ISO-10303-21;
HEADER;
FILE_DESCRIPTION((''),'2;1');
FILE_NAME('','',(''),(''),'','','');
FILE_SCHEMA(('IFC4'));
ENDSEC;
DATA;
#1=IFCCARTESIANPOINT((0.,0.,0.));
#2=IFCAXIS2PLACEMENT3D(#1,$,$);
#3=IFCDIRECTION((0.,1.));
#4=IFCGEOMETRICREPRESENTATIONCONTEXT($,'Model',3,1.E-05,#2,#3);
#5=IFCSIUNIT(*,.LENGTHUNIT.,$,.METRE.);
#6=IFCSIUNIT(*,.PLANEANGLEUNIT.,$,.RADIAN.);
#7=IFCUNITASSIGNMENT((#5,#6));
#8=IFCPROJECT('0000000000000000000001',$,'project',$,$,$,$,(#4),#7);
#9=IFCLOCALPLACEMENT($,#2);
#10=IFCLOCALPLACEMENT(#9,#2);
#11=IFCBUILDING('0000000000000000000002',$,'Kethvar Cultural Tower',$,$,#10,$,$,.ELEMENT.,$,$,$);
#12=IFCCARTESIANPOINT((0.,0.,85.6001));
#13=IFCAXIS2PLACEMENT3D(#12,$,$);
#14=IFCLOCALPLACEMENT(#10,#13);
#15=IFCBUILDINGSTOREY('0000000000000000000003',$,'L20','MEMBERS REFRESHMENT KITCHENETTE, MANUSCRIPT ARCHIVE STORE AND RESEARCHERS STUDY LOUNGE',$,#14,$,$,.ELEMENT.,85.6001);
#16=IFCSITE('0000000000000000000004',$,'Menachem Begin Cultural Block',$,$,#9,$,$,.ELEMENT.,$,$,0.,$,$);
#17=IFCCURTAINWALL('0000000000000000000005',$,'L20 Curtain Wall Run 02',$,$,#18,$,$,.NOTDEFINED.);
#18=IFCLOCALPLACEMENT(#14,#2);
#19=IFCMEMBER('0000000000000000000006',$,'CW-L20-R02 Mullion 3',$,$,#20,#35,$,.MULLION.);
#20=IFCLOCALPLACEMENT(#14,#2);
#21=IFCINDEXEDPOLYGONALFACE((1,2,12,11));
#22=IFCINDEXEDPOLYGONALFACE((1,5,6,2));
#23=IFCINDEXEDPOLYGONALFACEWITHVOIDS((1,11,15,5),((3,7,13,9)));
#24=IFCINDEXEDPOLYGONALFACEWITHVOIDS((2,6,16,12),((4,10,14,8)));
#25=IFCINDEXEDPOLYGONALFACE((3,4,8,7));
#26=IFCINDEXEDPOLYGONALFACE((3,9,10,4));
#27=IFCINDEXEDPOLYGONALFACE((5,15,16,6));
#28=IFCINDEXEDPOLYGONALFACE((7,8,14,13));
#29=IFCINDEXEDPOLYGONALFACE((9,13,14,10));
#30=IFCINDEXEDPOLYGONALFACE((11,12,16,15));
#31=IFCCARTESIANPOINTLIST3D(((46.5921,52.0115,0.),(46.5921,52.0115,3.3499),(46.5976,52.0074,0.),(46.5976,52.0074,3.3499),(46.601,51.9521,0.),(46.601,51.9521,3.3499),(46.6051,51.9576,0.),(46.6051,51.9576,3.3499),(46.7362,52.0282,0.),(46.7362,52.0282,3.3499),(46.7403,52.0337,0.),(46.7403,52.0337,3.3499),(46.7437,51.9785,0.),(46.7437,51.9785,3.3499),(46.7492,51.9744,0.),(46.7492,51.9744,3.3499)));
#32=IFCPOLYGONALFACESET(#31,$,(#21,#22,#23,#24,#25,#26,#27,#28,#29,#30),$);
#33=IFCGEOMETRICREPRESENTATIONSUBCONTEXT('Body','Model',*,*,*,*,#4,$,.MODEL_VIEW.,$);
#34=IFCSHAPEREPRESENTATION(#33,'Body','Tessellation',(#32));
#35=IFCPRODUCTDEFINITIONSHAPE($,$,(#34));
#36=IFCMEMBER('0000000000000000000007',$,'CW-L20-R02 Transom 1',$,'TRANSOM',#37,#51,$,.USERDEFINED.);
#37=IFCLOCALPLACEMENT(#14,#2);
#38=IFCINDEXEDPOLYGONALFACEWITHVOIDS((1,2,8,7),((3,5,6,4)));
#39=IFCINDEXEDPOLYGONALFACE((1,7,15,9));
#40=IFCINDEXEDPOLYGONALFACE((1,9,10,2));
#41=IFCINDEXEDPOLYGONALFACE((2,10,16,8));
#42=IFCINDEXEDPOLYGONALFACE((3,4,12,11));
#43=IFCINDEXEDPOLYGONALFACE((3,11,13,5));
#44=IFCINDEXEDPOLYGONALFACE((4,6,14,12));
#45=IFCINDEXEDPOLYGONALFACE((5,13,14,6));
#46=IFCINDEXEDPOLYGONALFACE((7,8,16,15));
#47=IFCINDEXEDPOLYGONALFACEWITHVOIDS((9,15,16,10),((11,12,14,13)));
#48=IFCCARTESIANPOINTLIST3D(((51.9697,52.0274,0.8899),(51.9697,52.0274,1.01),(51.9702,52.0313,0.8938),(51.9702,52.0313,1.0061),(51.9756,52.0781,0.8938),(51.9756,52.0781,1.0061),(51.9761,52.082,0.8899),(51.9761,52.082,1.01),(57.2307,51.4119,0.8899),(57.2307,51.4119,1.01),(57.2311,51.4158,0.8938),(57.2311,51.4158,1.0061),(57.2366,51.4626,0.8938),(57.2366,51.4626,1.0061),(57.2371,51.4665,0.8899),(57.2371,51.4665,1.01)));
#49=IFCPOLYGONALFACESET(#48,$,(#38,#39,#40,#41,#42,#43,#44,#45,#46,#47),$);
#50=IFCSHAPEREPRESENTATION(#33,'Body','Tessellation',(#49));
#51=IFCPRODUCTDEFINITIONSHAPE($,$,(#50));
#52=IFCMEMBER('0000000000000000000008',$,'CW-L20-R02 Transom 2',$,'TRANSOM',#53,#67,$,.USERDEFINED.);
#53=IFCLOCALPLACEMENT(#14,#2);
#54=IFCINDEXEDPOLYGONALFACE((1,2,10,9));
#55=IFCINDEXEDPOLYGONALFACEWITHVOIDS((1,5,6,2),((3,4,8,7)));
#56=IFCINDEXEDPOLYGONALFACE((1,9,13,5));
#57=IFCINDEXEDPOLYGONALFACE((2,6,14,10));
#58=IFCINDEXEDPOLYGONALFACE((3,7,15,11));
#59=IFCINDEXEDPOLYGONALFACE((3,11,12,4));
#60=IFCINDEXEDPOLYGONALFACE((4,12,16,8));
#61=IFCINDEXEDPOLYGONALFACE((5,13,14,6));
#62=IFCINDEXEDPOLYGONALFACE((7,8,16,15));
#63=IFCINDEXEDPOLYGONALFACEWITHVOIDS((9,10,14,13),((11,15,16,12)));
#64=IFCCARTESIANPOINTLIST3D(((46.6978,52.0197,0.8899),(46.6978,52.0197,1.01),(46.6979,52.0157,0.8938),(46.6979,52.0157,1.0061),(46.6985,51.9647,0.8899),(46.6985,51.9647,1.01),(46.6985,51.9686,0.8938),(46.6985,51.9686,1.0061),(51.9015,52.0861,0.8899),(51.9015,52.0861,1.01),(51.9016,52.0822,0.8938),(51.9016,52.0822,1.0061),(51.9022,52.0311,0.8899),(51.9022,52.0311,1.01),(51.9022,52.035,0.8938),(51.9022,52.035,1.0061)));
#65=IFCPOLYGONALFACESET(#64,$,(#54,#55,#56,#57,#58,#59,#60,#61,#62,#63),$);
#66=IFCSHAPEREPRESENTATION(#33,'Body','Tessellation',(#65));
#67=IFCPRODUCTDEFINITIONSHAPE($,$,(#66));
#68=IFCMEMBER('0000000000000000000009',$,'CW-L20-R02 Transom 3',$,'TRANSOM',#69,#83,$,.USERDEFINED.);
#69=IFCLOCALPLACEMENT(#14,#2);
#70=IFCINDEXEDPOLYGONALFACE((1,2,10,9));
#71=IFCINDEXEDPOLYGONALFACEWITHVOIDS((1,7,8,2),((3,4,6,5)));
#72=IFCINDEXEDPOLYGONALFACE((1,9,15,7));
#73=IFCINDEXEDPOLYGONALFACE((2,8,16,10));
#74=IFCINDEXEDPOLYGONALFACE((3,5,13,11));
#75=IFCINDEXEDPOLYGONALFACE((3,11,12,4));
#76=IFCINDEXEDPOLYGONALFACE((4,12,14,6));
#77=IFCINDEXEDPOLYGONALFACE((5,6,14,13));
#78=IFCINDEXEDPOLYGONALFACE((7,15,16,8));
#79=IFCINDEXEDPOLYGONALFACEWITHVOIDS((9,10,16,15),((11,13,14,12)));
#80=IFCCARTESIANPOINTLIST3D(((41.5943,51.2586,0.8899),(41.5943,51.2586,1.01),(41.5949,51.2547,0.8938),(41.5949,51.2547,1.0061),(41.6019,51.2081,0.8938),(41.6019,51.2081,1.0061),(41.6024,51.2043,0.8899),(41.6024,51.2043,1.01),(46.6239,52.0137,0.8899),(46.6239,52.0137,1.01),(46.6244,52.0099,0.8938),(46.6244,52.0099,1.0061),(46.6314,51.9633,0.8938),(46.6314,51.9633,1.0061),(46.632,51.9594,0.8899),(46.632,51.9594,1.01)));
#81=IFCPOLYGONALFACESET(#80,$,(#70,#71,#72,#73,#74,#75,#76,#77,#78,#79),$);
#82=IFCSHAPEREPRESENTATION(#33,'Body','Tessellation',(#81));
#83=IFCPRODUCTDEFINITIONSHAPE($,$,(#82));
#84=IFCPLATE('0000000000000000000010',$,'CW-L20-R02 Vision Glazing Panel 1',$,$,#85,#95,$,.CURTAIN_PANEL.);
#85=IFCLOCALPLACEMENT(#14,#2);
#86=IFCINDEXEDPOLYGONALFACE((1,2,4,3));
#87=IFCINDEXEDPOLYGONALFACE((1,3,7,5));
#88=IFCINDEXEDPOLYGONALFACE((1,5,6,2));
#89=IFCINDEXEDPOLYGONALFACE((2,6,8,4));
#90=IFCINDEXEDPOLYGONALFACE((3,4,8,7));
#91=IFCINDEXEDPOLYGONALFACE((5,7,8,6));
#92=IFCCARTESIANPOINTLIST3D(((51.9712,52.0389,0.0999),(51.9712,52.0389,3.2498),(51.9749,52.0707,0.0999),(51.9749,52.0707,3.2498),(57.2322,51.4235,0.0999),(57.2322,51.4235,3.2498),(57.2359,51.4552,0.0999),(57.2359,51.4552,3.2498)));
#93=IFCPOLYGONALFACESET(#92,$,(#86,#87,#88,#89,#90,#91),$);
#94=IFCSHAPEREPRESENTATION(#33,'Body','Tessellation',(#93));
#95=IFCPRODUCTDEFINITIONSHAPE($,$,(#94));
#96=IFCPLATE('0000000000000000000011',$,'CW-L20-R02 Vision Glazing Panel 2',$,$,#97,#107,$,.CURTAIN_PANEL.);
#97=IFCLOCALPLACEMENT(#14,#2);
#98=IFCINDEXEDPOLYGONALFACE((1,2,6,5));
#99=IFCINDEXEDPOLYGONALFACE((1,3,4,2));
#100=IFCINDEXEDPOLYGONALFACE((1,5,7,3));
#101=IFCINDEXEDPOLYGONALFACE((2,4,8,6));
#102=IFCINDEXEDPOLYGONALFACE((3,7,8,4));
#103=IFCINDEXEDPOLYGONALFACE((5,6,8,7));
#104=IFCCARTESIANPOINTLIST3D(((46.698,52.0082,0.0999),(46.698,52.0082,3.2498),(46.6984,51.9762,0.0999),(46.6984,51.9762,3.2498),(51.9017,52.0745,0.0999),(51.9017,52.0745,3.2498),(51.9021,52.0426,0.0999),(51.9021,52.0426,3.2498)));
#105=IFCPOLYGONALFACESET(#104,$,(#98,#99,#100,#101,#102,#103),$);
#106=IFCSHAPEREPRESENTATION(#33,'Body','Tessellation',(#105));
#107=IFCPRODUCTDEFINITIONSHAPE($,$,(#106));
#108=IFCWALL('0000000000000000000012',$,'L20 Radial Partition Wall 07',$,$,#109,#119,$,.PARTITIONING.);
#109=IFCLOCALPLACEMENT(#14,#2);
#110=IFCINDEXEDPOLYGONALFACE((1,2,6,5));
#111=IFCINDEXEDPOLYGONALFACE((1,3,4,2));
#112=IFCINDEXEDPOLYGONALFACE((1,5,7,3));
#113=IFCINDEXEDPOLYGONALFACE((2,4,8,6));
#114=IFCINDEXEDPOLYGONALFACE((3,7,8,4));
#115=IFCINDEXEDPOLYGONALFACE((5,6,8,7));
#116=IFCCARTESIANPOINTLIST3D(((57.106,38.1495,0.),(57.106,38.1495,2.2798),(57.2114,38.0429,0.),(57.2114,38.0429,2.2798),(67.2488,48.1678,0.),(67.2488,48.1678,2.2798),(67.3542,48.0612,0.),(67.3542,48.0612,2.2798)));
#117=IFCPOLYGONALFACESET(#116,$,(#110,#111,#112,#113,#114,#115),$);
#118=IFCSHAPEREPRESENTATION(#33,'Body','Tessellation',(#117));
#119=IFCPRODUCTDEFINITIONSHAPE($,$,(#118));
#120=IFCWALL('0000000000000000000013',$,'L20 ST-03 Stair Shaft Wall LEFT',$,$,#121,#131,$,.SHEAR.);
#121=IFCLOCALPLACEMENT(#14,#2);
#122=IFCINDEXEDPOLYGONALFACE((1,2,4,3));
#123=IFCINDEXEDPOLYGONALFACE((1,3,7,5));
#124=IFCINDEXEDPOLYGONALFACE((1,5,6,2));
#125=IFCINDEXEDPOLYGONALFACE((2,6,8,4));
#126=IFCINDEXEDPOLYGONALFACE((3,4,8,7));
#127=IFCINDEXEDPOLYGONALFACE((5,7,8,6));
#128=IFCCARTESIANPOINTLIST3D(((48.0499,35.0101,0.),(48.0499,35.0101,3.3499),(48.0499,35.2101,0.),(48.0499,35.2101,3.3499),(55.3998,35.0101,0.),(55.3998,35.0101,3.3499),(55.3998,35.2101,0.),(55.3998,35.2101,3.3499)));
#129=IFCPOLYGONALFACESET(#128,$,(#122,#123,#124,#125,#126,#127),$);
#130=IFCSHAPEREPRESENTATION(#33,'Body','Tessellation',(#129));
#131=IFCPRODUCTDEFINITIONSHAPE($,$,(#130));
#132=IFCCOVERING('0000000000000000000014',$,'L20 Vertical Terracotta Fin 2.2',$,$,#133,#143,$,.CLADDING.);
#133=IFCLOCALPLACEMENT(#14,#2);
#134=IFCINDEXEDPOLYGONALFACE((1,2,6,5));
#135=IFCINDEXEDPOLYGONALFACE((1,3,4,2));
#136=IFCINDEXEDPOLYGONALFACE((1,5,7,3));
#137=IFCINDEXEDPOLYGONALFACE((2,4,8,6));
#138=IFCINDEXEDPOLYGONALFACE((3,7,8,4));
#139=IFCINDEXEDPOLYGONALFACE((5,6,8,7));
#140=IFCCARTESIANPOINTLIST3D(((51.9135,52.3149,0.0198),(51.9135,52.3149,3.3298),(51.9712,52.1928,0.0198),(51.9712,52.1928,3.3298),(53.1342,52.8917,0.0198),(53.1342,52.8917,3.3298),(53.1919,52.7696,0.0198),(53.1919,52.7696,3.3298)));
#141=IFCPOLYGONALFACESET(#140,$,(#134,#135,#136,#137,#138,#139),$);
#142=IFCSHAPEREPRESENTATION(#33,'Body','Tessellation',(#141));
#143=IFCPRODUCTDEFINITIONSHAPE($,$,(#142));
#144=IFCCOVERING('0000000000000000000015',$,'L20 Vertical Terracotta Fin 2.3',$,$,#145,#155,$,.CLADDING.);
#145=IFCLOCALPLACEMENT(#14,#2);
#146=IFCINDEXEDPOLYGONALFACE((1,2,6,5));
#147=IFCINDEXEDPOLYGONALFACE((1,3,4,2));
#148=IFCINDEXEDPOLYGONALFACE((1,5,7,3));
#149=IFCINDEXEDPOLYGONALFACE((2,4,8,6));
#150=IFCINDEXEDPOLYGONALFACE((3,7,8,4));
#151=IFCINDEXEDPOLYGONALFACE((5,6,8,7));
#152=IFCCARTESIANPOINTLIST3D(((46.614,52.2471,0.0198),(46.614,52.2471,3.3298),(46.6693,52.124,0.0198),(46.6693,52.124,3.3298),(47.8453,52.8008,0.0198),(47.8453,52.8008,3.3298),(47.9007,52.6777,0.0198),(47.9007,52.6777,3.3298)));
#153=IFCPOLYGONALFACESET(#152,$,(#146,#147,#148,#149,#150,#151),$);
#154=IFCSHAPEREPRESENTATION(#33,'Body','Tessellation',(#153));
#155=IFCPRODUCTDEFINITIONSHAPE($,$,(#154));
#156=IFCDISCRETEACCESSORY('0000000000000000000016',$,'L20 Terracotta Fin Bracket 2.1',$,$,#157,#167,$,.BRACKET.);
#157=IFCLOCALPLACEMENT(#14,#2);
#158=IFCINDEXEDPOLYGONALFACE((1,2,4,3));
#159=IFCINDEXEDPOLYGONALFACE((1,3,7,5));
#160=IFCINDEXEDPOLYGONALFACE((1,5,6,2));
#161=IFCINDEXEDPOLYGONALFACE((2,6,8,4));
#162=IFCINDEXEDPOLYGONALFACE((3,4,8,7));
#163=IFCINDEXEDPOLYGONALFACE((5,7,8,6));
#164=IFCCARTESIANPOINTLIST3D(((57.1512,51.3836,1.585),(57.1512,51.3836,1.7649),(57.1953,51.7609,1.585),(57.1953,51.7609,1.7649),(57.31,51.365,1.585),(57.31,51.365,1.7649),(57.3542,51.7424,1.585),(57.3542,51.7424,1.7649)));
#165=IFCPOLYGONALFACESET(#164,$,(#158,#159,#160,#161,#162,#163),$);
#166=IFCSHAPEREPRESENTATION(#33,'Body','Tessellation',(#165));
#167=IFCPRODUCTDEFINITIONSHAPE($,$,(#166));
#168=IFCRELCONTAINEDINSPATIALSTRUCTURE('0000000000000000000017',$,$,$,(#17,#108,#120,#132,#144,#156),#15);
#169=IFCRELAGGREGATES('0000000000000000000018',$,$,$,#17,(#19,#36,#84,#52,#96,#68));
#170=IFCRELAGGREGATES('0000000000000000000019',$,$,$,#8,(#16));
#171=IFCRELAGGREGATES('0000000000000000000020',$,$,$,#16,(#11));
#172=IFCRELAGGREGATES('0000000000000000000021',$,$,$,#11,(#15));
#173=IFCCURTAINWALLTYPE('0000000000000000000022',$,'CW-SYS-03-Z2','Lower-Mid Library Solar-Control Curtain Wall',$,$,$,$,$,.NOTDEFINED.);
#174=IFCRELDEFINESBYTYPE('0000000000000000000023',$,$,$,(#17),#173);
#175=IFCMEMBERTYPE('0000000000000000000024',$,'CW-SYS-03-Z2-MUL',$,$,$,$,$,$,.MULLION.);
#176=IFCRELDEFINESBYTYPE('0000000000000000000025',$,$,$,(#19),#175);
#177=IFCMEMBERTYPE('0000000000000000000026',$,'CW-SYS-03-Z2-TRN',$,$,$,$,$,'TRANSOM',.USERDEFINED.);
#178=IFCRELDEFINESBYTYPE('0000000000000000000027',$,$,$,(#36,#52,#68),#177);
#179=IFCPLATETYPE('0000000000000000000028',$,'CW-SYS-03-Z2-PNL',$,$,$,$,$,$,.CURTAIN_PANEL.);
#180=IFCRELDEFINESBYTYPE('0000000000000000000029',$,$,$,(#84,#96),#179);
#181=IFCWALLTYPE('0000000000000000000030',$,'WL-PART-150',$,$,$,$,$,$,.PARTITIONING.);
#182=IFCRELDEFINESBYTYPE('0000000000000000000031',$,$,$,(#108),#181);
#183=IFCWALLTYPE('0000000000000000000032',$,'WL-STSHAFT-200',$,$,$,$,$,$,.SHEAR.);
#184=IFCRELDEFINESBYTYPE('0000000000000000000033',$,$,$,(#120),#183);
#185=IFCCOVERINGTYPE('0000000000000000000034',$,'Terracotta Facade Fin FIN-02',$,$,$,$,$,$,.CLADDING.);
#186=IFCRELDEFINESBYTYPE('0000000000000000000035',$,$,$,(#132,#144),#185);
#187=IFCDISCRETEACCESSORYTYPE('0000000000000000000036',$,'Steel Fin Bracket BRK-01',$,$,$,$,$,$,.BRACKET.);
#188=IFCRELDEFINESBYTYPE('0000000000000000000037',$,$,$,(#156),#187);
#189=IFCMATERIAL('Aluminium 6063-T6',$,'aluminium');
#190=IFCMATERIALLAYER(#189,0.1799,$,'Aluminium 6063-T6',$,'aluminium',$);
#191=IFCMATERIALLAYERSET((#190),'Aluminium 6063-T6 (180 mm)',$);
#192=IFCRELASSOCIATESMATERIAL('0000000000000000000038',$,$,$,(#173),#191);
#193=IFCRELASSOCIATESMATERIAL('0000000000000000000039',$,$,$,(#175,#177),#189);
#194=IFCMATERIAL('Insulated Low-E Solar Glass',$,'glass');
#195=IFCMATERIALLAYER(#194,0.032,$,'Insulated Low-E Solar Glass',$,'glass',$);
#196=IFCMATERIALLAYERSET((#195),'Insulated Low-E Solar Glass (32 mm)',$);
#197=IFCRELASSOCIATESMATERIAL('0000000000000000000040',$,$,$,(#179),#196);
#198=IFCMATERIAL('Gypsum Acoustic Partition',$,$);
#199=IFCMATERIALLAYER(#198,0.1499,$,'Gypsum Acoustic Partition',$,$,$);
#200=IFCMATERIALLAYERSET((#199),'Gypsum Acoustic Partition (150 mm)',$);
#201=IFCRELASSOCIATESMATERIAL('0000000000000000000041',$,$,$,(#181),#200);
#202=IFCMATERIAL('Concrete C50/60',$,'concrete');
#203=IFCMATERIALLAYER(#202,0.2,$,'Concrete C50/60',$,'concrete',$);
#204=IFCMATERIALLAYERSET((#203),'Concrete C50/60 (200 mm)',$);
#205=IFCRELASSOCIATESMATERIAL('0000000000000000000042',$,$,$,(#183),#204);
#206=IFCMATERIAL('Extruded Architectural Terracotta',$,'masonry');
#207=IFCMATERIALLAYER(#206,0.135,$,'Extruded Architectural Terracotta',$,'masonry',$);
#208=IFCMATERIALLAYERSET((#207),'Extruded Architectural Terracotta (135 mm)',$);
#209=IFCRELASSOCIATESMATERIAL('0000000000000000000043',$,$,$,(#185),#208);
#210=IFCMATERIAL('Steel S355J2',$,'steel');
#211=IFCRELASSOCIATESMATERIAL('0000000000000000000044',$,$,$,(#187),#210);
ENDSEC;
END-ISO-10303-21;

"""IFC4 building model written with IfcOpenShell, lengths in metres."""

from ifc_helpers import new_model, si_unit, direction, frame, frame_2d, origin, origin_2d, place, context, subcontext, project, spatial, rectangle, hollow_rectangle, extrude, source, transform, mapped, material, layer, layer_set, material_profile, profile_set, type_object, element, aggregate, save


model = new_model("IFC4")

# Units and contexts
model_context = context("Model", 3, precision=1e-05, world=origin(), true_north=direction((0.0, 1.0)))
body_context = subcontext(model_context, "Body", "Model", "MODEL_VIEW")
ifc_project = project(units=[si_unit("LENGTHUNIT", "METRE"), si_unit("PLANEANGLEUNIT", "RADIAN")], contexts=[model_context])

# Site, building, storey
site_placement = place(None, origin())
site = spatial("IfcSite", under=ifc_project, at=site_placement, Name="Menachem Begin Cultural Block", CompositionType="ELEMENT", RefElevation=0.0)
building_placement = place(site_placement, origin())
building = spatial("IfcBuilding", under=site, at=building_placement, Name="Kethvar Cultural Tower", CompositionType="ELEMENT")
storey_placement = place(building_placement, frame((0.0, 0.0, 85.6001)))
storey = spatial("IfcBuildingStorey", under=building, at=storey_placement, Name="L20", Description="MEMBERS REFRESHMENT KITCHENETTE, MANUSCRIPT ARCHIVE STORE AND RESEARCHERS STUDY LOUNGE", CompositionType="ELEMENT", Elevation=85.6001)

# Shared definitions
ifc_material_1 = material(Name="Steel S355J2", Category="steel")

# Curtain wall, members, plates
ifc_material_2 = material(Name="Aluminium 6063-T6", Category="aluminium")
ifc_layer_1 = layer(ifc_material_2, 0.1799, Name="Aluminium 6063-T6", Category="aluminium")
ifc_layer_set_1 = layer_set([ifc_layer_1], Name="Aluminium 6063-T6 (180 mm)")
curtain_wall_type = type_object("IfcCurtainWallType", Name="CW-SYS-03-Z2", Description="Lower-Mid Library Solar-Control Curtain Wall", PredefinedType="NOTDEFINED", material=ifc_layer_set_1)
curtain_wall_placement = place(storey_placement, origin())
curtain_wall = element("IfcCurtainWall", 1, at=curtain_wall_placement, inside=storey, type_object=curtain_wall_type, Name="L20 Curtain Wall Run 02", PredefinedType="NOTDEFINED")
ifc_material_profile_1 = material_profile(ifc_material_2, hollow_rectangle(XDim=0.0601, YDim=0.1499, WallThickness=0.0049, at=origin_2d()), Name="Aluminium 6063-T6 — RHS150x60x5")
ifc_profile_set_1 = profile_set([ifc_material_profile_1], Name="Aluminium 6063-T6 — RHS150x60x5")
member_type_1 = type_object("IfcMemberType", Name="CW-SYS-03-Z2-MUL", PredefinedType="MULLION", material=ifc_profile_set_1)
shared_shape_1 = source(origin(), body_context, "Body", "SweptSolid", [
    extrude(hollow_rectangle(XDim=0.0601, YDim=0.1499, WallThickness=0.0049, at=origin_2d()), origin(), (0.0, 0.0, 1.0), 3.3499),
])
member_1_placement = place(storey_placement, frame((46.6707, 51.9929, 0.0), z_axis=(0.0, 0.0, 1.0), x_axis=(0.148465, -0.988918, 0.0)))
member_1 = element("IfcMember", 2, at=member_1_placement, type_object=member_type_1, Name="CW-L20-R02 Mullion 3", PredefinedType="MULLION", context=body_context, shape_type="MappedRepresentation", body=[
    mapped(shared_shape_1, transform((0.0, 0.0, 0.0), scale=1.0)),
])
ifc_material_profile_2 = material_profile(ifc_material_2, hollow_rectangle(XDim=0.0549, YDim=0.1201, WallThickness=0.0039, at=origin_2d()), Name="Aluminium 6063-T6 — RHS120x55x4")
ifc_profile_set_2 = profile_set([ifc_material_profile_2], Name="Aluminium 6063-T6 — RHS120x55x4")
member_type_2 = type_object("IfcMemberType", Name="CW-SYS-03-Z2-TRN", ElementType="TRANSOM", PredefinedType="USERDEFINED", material=ifc_profile_set_2)
shared_shape_2 = source(origin(), body_context, "Body", "SweptSolid", [
    extrude(hollow_rectangle(XDim=0.0549, YDim=0.1201, WallThickness=0.0039, at=origin_2d()), origin(), (0.0, 0.0, 1.0), 5.2969),
])
member_2_placement = place(storey_placement, frame((57.2339, 51.4392, 0.95), z_axis=(-0.993226, 0.116197, 0.0), x_axis=(-0.116197, -0.993226, 0.0)))
member_2 = element("IfcMember", 3, at=member_2_placement, type_object=member_type_2, Name="CW-L20-R02 Transom 1", ObjectType="TRANSOM", PredefinedType="USERDEFINED", context=body_context, shape_type="MappedRepresentation", body=[
    mapped(shared_shape_2, transform((0.0, 0.0, 0.0), scale=1.0)),
])
shared_shape_3 = source(origin(), body_context, "Body", "SweptSolid", [
    extrude(hollow_rectangle(XDim=0.0549, YDim=0.1201, WallThickness=0.0039, at=origin_2d()), origin(), (0.0, 0.0, 1.0), 5.2041),
])
member_3_placement = place(storey_placement, frame((51.9019, 52.0586, 0.95), z_axis=(-0.999919, -0.012761, 0.0), x_axis=(0.012761, -0.999919, 0.0)))
member_3 = element("IfcMember", 4, at=member_3_placement, type_object=member_type_2, Name="CW-L20-R02 Transom 2", ObjectType="TRANSOM", PredefinedType="USERDEFINED", context=body_context, shape_type="MappedRepresentation", body=[
    mapped(shared_shape_3, transform((0.0, 0.0, 0.0), scale=1.0)),
])
shared_shape_4 = source(origin(), body_context, "Body", "SweptSolid", [
    extrude(hollow_rectangle(XDim=0.0549, YDim=0.1201, WallThickness=0.0039, at=origin_2d()), origin(), (0.0, 0.0, 1.0), 5.0859),
])
member_4_placement = place(storey_placement, frame((46.6279, 51.9866, 0.95), z_axis=(-0.988916, -0.148474, 0.0), x_axis=(0.148474, -0.988916, 0.0)))
member_4 = element("IfcMember", 5, at=member_4_placement, type_object=member_type_2, Name="CW-L20-R02 Transom 3", ObjectType="TRANSOM", PredefinedType="USERDEFINED", context=body_context, shape_type="MappedRepresentation", body=[
    mapped(shared_shape_4, transform((0.0, 0.0, 0.0), scale=1.0)),
])
ifc_material_3 = material(Name="Insulated Low-E Solar Glass", Category="glass")
ifc_layer_2 = layer(ifc_material_3, 0.032, Name="Insulated Low-E Solar Glass", Category="glass")
ifc_layer_set_2 = layer_set([ifc_layer_2], Name="Insulated Low-E Solar Glass (32 mm)")
plate_type = type_object("IfcPlateType", Name="CW-SYS-03-Z2-PNL", PredefinedType="CURTAIN_PANEL", material=ifc_layer_set_2)
shared_shape_5 = source(origin(), body_context, "Body", "SweptSolid", [
    extrude(rectangle(XDim=5.2969, YDim=0.032, at=origin_2d()), origin(), (0.0, 0.0, 1.0), 3.1499),
])
plate_1_placement = place(storey_placement, frame((54.6035, 51.7471, 0.0999), z_axis=(0.0, 0.0, 1.0), x_axis=(-0.993228, 0.116185, 0.0)))
plate_1 = element("IfcPlate", 6, at=plate_1_placement, type_object=plate_type, Name="CW-L20-R02 Vision Glazing Panel 1", PredefinedType="CURTAIN_PANEL", context=body_context, shape_type="MappedRepresentation", body=[
    mapped(shared_shape_5, transform((0.0, 0.0, 0.0), scale=1.0)),
])
shared_shape_6 = source(origin(), body_context, "Body", "SweptSolid", [
    extrude(rectangle(XDim=5.2041, YDim=0.032, at=origin_2d()), origin(), (0.0, 0.0, 1.0), 3.1499),
])
plate_2_placement = place(storey_placement, frame((49.3, 52.0254, 0.0999), z_axis=(0.0, 0.0, 1.0), x_axis=(-0.999919, -0.012741, 0.0)))
plate_2 = element("IfcPlate", 7, at=plate_2_placement, type_object=plate_type, Name="CW-L20-R02 Vision Glazing Panel 2", PredefinedType="CURTAIN_PANEL", context=body_context, shape_type="MappedRepresentation", body=[
    mapped(shared_shape_6, transform((0.0, 0.0, 0.0), scale=1.0)),
])
aggregate(curtain_wall, [member_1, member_2, plate_1, member_3, plate_2, member_4])

# Walls
ifc_material_4 = material(Name="Gypsum Acoustic Partition")
ifc_layer_3 = layer(ifc_material_4, 0.1499, Name="Gypsum Acoustic Partition")
ifc_layer_set_3 = layer_set([ifc_layer_3], Name="Gypsum Acoustic Partition (150 mm)")
wall_type_1 = type_object("IfcWallType", Name="WL-PART-150", PredefinedType="PARTITIONING", material=ifc_layer_set_3)
wall_1_placement = place(storey_placement, frame((57.1587, 38.0962, 0.0), z_axis=(0.0, 0.0, 1.0), x_axis=(0.71146, 0.702726, 0.0)))
element("IfcWall", 8, at=wall_1_placement, inside=storey, type_object=wall_type_1, Name="L20 Radial Partition Wall 07", PredefinedType="PARTITIONING", context=body_context, shape_type="SweptSolid", body=[
    extrude(rectangle(XDim=14.2563, YDim=0.1499, at=frame_2d((7.1282, 0.0))), origin(), (0.0, 0.0, 1.0), 2.2798),
])
ifc_material_5 = material(Name="Concrete C50/60", Category="concrete")
ifc_layer_4 = layer(ifc_material_5, 0.2, Name="Concrete C50/60", Category="concrete")
ifc_layer_set_4 = layer_set([ifc_layer_4], Name="Concrete C50/60 (200 mm)")
wall_type_2 = type_object("IfcWallType", Name="WL-STSHAFT-200", PredefinedType="SHEAR", material=ifc_layer_set_4)
wall_2_placement = place(storey_placement, frame((48.05, 35.1101, 0.0), z_axis=(0.0, 0.0, 1.0), x_axis=(1.0, 0.0, 0.0)))
element("IfcWall", 9, at=wall_2_placement, inside=storey, type_object=wall_type_2, Name="L20 ST-03 Stair Shaft Wall LEFT", PredefinedType="SHEAR", context=body_context, shape_type="SweptSolid", body=[
    extrude(rectangle(XDim=7.3499, YDim=0.2, at=frame_2d((3.6748, 0.0))), origin(), (0.0, 0.0, 1.0), 3.3499),
])

# Coverings
ifc_material_6 = material(Name="Extruded Architectural Terracotta", Category="masonry")
ifc_layer_5 = layer(ifc_material_6, 0.135, Name="Extruded Architectural Terracotta", Category="masonry")
ifc_layer_set_5 = layer_set([ifc_layer_5], Name="Extruded Architectural Terracotta (135 mm)")
covering_type = type_object("IfcCoveringType", Name="Terracotta Facade Fin FIN-02", PredefinedType="CLADDING", material=ifc_layer_set_5)
shared_shape_7 = source(origin(), body_context, "Body", "SweptSolid", [
    extrude(rectangle(XDim=1.3501, YDim=0.135, at=origin_2d()), origin(), (0.0, 0.0, 1.0), 3.3101),
])
for number, where, z_axis, x_axis, name in (
    (10, (52.5527, 52.5422, 0.0198), (0.0, 0.0, 1.0), (0.904157, 0.4272, 0.0), "L20 Vertical Terracotta Fin 2.2"),
    (11, (47.2573, 52.4624, 0.0198), (0.0, 0.0, 1.0), (0.912049, 0.410082, 0.0), "L20 Vertical Terracotta Fin 2.3"),
):
    element("IfcCovering", number, at=place(storey_placement, frame(where, z_axis=z_axis, x_axis=x_axis)), inside=storey, type_object=covering_type, Name=name, PredefinedType="CLADDING", context=body_context, shape_type="MappedRepresentation", body=[
        mapped(shared_shape_7, transform((0.0, 0.0, 0.0), scale=1.0)),
    ])

# Discrete accessory
discrete_accessory_type = type_object("IfcDiscreteAccessoryType", Name="Steel Fin Bracket BRK-01", PredefinedType="BRACKET", material=ifc_material_1)
shared_shape_8 = source(origin(), body_context, "Body", "SweptSolid", [
    extrude(rectangle(XDim=0.3799, YDim=0.1599, at=origin_2d()), origin(), (0.0, 0.0, 1.0), 0.1799),
])
for number, where, z_axis, x_axis, name in (
    (12, (57.2527, 51.563, 1.585), (0.0, 0.0, 1.0), (0.116151, 0.993232, 0.0), "L20 Terracotta Fin Bracket 2.1"),
):
    element("IfcDiscreteAccessory", number, at=place(storey_placement, frame(where, z_axis=z_axis, x_axis=x_axis)), inside=storey, type_object=discrete_accessory_type, Name=name, PredefinedType="BRACKET", context=body_context, shape_type="MappedRepresentation", body=[
        mapped(shared_shape_8, transform((0.0, 0.0, 0.0), scale=1.0)),
    ])

save(model, "model.ifc")
